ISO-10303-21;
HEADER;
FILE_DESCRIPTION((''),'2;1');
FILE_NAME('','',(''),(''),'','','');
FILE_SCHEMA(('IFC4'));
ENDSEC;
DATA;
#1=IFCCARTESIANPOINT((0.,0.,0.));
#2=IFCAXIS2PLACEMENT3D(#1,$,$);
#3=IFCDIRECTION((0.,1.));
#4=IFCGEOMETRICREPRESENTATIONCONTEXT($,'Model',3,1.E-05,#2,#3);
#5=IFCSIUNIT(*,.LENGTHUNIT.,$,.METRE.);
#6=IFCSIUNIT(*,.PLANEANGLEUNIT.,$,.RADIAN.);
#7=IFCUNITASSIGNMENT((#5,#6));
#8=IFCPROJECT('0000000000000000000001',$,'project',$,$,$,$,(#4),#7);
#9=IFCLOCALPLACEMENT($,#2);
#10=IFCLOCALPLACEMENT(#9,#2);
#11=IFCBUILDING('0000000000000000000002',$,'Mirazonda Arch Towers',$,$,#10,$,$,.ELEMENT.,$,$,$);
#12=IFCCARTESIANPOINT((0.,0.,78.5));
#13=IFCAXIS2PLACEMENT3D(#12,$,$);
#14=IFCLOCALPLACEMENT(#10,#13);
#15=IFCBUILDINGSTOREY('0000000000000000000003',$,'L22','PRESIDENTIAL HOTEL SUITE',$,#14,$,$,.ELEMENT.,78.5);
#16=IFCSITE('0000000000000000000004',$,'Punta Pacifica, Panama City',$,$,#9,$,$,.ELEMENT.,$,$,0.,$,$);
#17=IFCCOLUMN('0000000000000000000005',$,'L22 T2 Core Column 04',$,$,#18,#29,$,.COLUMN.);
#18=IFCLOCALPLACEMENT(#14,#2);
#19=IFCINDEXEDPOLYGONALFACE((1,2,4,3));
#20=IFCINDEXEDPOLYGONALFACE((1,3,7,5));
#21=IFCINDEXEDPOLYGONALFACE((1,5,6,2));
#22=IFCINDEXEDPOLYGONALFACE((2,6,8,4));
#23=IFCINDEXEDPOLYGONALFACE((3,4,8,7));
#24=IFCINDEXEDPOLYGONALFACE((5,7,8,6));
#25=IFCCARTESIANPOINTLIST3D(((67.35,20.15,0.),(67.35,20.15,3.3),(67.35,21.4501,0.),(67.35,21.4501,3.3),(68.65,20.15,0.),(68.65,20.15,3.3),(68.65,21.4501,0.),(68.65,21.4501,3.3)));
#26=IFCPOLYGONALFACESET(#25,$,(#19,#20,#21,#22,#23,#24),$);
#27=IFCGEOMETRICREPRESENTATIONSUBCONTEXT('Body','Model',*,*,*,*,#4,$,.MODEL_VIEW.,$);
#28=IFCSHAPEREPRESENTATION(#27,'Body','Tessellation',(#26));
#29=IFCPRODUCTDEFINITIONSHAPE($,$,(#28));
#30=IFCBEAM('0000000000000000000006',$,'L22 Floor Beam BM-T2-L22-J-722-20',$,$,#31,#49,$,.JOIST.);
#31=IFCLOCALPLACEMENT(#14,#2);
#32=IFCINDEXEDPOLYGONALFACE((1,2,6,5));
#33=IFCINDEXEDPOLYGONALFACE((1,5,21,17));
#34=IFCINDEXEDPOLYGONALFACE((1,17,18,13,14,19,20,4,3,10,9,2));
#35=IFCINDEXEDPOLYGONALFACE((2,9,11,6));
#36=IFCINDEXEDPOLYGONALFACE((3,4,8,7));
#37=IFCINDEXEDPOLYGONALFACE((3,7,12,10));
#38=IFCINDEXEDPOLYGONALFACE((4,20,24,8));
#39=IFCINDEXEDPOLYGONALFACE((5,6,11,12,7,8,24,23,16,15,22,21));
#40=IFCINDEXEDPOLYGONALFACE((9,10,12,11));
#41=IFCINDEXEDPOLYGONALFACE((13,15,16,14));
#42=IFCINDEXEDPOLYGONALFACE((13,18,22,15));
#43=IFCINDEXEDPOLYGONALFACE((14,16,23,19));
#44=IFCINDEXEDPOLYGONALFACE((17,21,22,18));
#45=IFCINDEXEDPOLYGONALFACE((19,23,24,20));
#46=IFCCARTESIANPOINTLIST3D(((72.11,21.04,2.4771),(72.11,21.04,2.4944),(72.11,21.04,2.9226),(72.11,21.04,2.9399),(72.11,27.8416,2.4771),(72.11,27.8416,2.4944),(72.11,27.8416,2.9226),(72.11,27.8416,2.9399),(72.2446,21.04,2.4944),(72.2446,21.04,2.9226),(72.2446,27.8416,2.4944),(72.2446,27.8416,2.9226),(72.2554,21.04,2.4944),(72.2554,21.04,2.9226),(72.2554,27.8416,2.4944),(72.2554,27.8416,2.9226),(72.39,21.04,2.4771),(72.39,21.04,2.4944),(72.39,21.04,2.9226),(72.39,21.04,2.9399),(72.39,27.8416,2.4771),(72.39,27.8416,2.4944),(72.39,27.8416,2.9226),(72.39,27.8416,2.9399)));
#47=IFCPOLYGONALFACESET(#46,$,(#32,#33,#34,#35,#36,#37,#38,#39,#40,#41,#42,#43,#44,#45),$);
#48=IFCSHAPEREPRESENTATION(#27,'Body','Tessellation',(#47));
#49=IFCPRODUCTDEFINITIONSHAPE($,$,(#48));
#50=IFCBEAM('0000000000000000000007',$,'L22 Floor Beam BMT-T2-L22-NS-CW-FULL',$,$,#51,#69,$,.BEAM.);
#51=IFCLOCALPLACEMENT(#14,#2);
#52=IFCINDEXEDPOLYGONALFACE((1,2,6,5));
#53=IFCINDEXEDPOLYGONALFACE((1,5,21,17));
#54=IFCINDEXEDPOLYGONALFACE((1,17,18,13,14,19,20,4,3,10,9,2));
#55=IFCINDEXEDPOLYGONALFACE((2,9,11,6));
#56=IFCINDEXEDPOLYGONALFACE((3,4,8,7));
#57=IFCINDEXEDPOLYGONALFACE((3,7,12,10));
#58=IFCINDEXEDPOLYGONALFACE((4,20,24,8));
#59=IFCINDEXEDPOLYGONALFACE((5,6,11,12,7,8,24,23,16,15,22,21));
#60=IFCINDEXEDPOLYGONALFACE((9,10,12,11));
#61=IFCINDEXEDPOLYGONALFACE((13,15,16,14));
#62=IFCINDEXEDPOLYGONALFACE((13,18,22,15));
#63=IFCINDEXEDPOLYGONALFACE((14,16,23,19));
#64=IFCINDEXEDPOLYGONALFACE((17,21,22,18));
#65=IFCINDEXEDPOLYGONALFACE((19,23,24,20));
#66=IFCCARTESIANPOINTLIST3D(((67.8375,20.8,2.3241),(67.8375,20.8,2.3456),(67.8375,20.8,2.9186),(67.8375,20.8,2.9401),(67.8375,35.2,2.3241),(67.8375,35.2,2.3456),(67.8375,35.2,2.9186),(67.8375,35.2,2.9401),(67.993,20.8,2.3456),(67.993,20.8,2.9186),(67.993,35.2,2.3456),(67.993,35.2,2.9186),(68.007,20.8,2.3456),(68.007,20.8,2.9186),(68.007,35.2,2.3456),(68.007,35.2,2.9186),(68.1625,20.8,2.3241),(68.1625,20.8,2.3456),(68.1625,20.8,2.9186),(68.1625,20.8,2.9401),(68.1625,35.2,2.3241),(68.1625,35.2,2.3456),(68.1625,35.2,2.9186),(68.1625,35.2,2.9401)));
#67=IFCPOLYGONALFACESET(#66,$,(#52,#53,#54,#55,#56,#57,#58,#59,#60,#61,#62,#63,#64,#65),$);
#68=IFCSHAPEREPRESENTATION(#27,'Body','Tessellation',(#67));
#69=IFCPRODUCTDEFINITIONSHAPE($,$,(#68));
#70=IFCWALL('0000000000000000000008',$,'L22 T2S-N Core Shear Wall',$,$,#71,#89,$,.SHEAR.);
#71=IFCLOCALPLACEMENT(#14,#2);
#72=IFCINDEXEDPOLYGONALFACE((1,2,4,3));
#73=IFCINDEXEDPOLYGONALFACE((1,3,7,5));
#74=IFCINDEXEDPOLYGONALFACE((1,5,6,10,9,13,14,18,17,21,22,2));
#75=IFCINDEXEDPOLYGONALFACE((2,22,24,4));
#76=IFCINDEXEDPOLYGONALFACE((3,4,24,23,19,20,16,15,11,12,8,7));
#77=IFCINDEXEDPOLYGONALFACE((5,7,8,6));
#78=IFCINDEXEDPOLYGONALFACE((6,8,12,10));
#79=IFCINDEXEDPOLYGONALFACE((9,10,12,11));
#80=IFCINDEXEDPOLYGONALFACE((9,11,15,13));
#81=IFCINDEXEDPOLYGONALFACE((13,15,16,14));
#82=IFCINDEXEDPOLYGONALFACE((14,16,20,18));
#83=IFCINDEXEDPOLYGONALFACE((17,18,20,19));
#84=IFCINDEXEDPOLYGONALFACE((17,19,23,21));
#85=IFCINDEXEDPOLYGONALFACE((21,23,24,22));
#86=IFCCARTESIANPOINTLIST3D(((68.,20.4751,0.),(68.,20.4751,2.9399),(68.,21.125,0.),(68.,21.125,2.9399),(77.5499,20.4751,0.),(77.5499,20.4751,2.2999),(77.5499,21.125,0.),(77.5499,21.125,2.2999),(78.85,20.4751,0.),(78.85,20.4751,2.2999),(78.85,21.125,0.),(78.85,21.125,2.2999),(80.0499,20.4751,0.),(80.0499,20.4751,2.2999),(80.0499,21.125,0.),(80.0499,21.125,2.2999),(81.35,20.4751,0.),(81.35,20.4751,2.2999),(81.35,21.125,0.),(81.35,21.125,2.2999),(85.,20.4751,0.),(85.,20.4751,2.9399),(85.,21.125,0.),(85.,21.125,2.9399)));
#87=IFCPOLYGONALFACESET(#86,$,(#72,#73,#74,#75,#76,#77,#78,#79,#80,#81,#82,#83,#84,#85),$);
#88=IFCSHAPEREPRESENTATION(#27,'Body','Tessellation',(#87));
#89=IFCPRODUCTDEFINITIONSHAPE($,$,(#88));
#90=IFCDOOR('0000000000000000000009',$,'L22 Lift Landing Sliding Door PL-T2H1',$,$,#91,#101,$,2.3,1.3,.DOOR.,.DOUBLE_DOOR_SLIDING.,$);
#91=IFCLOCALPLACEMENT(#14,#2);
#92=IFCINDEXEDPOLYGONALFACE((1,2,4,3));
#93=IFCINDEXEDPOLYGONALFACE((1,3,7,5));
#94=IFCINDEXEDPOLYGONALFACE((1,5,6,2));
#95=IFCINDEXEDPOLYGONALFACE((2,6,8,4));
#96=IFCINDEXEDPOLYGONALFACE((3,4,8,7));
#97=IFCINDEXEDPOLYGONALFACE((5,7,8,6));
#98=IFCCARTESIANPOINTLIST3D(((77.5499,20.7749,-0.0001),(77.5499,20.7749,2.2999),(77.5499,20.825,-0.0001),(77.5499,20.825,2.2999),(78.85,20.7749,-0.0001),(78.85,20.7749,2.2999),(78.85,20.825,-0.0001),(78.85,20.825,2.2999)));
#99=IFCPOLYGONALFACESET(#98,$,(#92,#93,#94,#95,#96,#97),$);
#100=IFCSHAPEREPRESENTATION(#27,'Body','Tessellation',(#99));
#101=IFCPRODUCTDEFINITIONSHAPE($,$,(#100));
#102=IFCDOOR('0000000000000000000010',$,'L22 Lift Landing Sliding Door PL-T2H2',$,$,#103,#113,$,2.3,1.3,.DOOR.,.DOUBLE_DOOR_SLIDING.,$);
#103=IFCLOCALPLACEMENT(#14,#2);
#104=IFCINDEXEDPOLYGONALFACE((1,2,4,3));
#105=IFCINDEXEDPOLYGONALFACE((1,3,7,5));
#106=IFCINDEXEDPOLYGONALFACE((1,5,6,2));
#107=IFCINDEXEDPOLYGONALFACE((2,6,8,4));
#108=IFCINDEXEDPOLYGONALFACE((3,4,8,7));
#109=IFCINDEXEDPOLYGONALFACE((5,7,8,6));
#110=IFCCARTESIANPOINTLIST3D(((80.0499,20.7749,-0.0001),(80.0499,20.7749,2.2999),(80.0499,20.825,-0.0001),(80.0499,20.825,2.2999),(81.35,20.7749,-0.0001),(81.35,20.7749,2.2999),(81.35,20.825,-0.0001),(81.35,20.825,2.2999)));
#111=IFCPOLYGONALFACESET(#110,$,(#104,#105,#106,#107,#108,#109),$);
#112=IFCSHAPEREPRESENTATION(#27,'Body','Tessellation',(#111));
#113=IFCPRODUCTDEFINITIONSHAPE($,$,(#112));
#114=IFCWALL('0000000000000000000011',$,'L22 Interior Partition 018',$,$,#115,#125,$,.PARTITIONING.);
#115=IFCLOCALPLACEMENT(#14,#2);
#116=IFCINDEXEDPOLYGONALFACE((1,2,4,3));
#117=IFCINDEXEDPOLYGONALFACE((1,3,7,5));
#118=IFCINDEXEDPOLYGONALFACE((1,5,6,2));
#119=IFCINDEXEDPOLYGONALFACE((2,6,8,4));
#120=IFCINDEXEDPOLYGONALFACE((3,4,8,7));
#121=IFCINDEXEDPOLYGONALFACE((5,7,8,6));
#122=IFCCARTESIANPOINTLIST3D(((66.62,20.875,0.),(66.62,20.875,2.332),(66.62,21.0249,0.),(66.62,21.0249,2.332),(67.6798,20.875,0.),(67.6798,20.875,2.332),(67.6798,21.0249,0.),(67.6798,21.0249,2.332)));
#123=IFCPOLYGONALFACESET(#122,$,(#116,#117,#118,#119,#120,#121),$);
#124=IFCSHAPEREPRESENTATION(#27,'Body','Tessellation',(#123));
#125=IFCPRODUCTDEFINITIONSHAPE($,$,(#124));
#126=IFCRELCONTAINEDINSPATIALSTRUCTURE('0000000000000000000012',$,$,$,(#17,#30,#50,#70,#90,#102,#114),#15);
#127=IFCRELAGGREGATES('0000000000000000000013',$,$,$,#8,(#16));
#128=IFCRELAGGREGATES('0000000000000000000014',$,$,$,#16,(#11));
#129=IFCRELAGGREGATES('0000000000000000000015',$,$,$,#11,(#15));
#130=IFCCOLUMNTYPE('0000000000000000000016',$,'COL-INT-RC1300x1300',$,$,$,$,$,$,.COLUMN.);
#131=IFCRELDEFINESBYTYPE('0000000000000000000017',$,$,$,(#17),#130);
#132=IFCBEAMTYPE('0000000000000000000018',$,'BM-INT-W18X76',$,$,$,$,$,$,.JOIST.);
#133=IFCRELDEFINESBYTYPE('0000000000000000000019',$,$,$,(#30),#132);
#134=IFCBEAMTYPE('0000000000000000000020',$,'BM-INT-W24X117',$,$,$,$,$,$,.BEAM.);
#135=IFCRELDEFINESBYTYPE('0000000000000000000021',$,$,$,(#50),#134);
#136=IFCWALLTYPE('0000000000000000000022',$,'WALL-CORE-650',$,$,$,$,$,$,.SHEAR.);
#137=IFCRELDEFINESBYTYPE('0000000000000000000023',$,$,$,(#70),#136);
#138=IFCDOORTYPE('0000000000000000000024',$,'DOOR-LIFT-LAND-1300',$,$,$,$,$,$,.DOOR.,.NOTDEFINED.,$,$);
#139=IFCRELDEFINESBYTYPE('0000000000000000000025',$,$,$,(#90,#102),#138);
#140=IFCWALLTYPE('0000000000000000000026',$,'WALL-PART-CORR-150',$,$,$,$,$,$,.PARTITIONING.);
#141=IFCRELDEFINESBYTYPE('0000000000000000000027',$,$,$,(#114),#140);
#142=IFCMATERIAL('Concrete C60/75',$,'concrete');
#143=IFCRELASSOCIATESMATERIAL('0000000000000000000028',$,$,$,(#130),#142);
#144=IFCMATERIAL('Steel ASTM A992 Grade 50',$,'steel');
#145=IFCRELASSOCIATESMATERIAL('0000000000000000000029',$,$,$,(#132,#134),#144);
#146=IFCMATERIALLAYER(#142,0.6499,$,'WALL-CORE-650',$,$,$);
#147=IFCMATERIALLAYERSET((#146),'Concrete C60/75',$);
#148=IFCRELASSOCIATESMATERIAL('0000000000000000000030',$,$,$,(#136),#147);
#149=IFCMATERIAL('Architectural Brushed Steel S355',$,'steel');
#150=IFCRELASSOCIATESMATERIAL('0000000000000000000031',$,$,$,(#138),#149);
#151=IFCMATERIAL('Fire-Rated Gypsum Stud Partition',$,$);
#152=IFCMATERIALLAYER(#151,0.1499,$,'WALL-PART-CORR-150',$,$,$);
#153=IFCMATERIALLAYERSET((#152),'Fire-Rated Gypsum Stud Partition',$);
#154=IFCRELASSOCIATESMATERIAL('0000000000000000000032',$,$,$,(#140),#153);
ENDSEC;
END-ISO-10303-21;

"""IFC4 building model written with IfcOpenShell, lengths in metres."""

from ifc_helpers import new_model, si_unit, direction, frame, frame_2d, origin, origin_2d, place, context, subcontext, project, spatial, rectangle, i_section, extrude, material, layer, layer_set, material_profile, profile_set, type_object, element, fill, save


model = new_model("IFC4")

# Units and contexts
model_context = context("Model", 3, precision=1e-05, world=origin(), true_north=direction((0.0, 1.0)))
body_context = subcontext(model_context, "Body", "Model", "MODEL_VIEW")
ifc_project = project(units=[si_unit("LENGTHUNIT", "METRE"), si_unit("PLANEANGLEUNIT", "RADIAN")], contexts=[model_context])

# Site, building, storey
site_placement = place(None, origin())
site = spatial("IfcSite", under=ifc_project, at=site_placement, Name="Punta Pacifica, Panama City", CompositionType="ELEMENT", RefElevation=0.0)
building_placement = place(site_placement, origin())
building = spatial("IfcBuilding", under=site, at=building_placement, Name="Mirazonda Arch Towers", CompositionType="ELEMENT")
storey_placement = place(building_placement, frame((0.0, 0.0, 78.5)))
storey = spatial("IfcBuildingStorey", under=building, at=storey_placement, Name="L22", Description="PRESIDENTIAL HOTEL SUITE", CompositionType="ELEMENT", Elevation=78.5)

# Column
ifc_material_1 = material(Name="Concrete C60/75", Category="concrete")
ifc_material_profile_1 = material_profile(ifc_material_1, rectangle(XDim=1.3, YDim=1.3, at=origin_2d()), Name="RC1300x1300")
ifc_profile_set_1 = profile_set([ifc_material_profile_1], Name="Concrete C60/75")
column_type = type_object("IfcColumnType", Name="COL-INT-RC1300x1300", PredefinedType="COLUMN", material=ifc_profile_set_1)
column_placement = place(storey_placement, frame((68.0, 20.8, 0.0), z_axis=(0.0, 0.0, 1.0), x_axis=(1.0, 0.0, 0.0)))
element("IfcColumn", 1, at=column_placement, inside=storey, type_object=column_type, Name="L22 T2 Core Column 04", PredefinedType="COLUMN", context=body_context, shape_type="SweptSolid", body=[
    extrude(rectangle(XDim=1.3, YDim=1.3, at=origin_2d()), origin(), (0.0, 0.0, 1.0), 3.3),
])

# Beams
ifc_material_2 = material(Name="Steel ASTM A992 Grade 50", Category="steel")
ifc_material_profile_2 = material_profile(ifc_material_2, i_section(OverallWidth=0.28, OverallDepth=0.4629, WebThickness=0.0107, FlangeThickness=0.0173, at=origin_2d()), Name="W18X76")
ifc_profile_set_2 = profile_set([ifc_material_profile_2], Name="Steel ASTM A992 Grade 50")
beam_type_1 = type_object("IfcBeamType", Name="BM-INT-W18X76", PredefinedType="JOIST", material=ifc_profile_set_2)
beam_1_placement = place(storey_placement, frame((72.25, 21.04, 2.7085), z_axis=(0.0, 1.0, 0.0), x_axis=(-1.0, 0.0, 0.0)))
element("IfcBeam", 2, at=beam_1_placement, inside=storey, type_object=beam_type_1, Name="L22 Floor Beam BM-T2-L22-J-722-20", PredefinedType="JOIST", context=body_context, shape_type="SweptSolid", body=[
    extrude(i_section(OverallWidth=0.28, OverallDepth=0.4629, WebThickness=0.0107, FlangeThickness=0.0173, at=origin_2d()), origin(), (0.0, 0.0, 1.0), 6.8015),
])
ifc_material_profile_3 = material_profile(ifc_material_2, i_section(OverallWidth=0.325, OverallDepth=0.616, WebThickness=0.0139, FlangeThickness=0.0215, at=origin_2d()), Name="W24X117")
ifc_profile_set_3 = profile_set([ifc_material_profile_3], Name="Steel ASTM A992 Grade 50")
beam_type_2 = type_object("IfcBeamType", Name="BM-INT-W24X117", PredefinedType="BEAM", material=ifc_profile_set_3)
beam_2_placement = place(storey_placement, frame((68.0, 20.8, 2.6321), z_axis=(0.0, 1.0, 0.0), x_axis=(-1.0, 0.0, 0.0)))
element("IfcBeam", 3, at=beam_2_placement, inside=storey, type_object=beam_type_2, Name="L22 Floor Beam BMT-T2-L22-NS-CW-FULL", PredefinedType="BEAM", context=body_context, shape_type="SweptSolid", body=[
    extrude(i_section(OverallWidth=0.325, OverallDepth=0.616, WebThickness=0.0139, FlangeThickness=0.0215, at=origin_2d()), origin(), (0.0, 0.0, 1.0), 14.3999),
])

# Wall, openings, doors
ifc_layer_1 = layer(ifc_material_1, 0.6499, Name="WALL-CORE-650")
ifc_layer_set_1 = layer_set([ifc_layer_1], Name="Concrete C60/75")
wall_type_1 = type_object("IfcWallType", Name="WALL-CORE-650", PredefinedType="SHEAR", material=ifc_layer_set_1)
wall_1_placement = place(storey_placement, frame((68.0, 20.8, 0.0), z_axis=(0.0, 0.0, 1.0), x_axis=(1.0, 0.0, 0.0)))
wall_1 = element("IfcWall", 4, at=wall_1_placement, inside=storey, type_object=wall_type_1, Name="L22 T2S-N Core Shear Wall", PredefinedType="SHEAR", context=body_context, shape_type="SweptSolid", body=[
    extrude(rectangle(XDim=17.0, YDim=0.6499, at=frame_2d((8.5, 0.0))), origin(), (0.0, 0.0, 1.0), 2.9399),
])
opening_1_placement = place(wall_1_placement, frame((9.55, 0.0, 0.0)))
opening_1 = element("IfcOpeningElement", 5, at=opening_1_placement, cuts=wall_1, PredefinedType="OPENING", context=body_context, shape_type="SweptSolid", body=[
    extrude(rectangle(XDim=1.3, YDim=2.3, at=frame_2d((0.6499, 1.1499))), frame((0.0, 0.335, 0.0), z_axis=(0.0, -1.0, 0.0), x_axis=(1.0, 0.0, 0.0)), (0.0, 0.0, 1.0), 0.6699),
])
opening_2_placement = place(wall_1_placement, frame((12.05, 0.0, 0.0)))
opening_2 = element("IfcOpeningElement", 6, at=opening_2_placement, cuts=wall_1, PredefinedType="OPENING", context=body_context, shape_type="SweptSolid", body=[
    extrude(rectangle(XDim=1.3, YDim=2.3, at=frame_2d((0.6499, 1.1499))), frame((0.0, 0.335, 0.0), z_axis=(0.0, -1.0, 0.0), x_axis=(1.0, 0.0, 0.0)), (0.0, 0.0, 1.0), 0.6699),
])
ifc_material_3 = material(Name="Architectural Brushed Steel S355", Category="steel")
door_type_1 = type_object("IfcDoorType", Name="DOOR-LIFT-LAND-1300", OperationType="NOTDEFINED", PredefinedType="DOOR", material=ifc_material_3)
door_1_placement = place(opening_1_placement, origin())
door_1 = element("IfcDoor", 7, at=door_1_placement, inside=storey, type_object=door_type_1, Name="L22 Lift Landing Sliding Door PL-T2H1", OperationType="DOUBLE_DOOR_SLIDING", OverallHeight=2.3, OverallWidth=1.3, PredefinedType="DOOR", context=body_context, shape_type="SweptSolid", body=[
    extrude(rectangle(XDim=1.3, YDim=2.3, at=frame_2d((0.6499, 1.1499))), frame((0.0, 0.0249, 0.0), z_axis=(0.0, -1.0, 0.0), x_axis=(1.0, 0.0, 0.0)), (0.0, 0.0, 1.0), 0.05),
])
fill(opening_1, door_1)
door_2_placement = place(opening_2_placement, origin())
door_2 = element("IfcDoor", 8, at=door_2_placement, inside=storey, type_object=door_type_1, Name="L22 Lift Landing Sliding Door PL-T2H2", OperationType="DOUBLE_DOOR_SLIDING", OverallHeight=2.3, OverallWidth=1.3, PredefinedType="DOOR", context=body_context, shape_type="SweptSolid", body=[
    extrude(rectangle(XDim=1.3, YDim=2.3, at=frame_2d((0.6499, 1.1499))), frame((0.0, 0.0249, 0.0), z_axis=(0.0, -1.0, 0.0), x_axis=(1.0, 0.0, 0.0)), (0.0, 0.0, 1.0), 0.05),
])
fill(opening_2, door_2)

# Wall
ifc_material_4 = material(Name="Fire-Rated Gypsum Stud Partition")
ifc_layer_2 = layer(ifc_material_4, 0.1499, Name="WALL-PART-CORR-150")
ifc_layer_set_2 = layer_set([ifc_layer_2], Name="Fire-Rated Gypsum Stud Partition")
wall_type_2 = type_object("IfcWallType", Name="WALL-PART-CORR-150", PredefinedType="PARTITIONING", material=ifc_layer_set_2)
wall_2_placement = place(storey_placement, frame((66.6201, 20.95, 0.0), z_axis=(0.0, 0.0, 1.0), x_axis=(1.0, 0.0, 0.0)))
element("IfcWall", 9, at=wall_2_placement, inside=storey, type_object=wall_type_2, Name="L22 Interior Partition 018", PredefinedType="PARTITIONING", context=body_context, shape_type="SweptSolid", body=[
    extrude(rectangle(XDim=1.0598, YDim=0.1499, at=frame_2d((0.5298, 0.0))), origin(), (0.0, 0.0, 1.0), 2.332),
])

save(model, "model.ifc")
